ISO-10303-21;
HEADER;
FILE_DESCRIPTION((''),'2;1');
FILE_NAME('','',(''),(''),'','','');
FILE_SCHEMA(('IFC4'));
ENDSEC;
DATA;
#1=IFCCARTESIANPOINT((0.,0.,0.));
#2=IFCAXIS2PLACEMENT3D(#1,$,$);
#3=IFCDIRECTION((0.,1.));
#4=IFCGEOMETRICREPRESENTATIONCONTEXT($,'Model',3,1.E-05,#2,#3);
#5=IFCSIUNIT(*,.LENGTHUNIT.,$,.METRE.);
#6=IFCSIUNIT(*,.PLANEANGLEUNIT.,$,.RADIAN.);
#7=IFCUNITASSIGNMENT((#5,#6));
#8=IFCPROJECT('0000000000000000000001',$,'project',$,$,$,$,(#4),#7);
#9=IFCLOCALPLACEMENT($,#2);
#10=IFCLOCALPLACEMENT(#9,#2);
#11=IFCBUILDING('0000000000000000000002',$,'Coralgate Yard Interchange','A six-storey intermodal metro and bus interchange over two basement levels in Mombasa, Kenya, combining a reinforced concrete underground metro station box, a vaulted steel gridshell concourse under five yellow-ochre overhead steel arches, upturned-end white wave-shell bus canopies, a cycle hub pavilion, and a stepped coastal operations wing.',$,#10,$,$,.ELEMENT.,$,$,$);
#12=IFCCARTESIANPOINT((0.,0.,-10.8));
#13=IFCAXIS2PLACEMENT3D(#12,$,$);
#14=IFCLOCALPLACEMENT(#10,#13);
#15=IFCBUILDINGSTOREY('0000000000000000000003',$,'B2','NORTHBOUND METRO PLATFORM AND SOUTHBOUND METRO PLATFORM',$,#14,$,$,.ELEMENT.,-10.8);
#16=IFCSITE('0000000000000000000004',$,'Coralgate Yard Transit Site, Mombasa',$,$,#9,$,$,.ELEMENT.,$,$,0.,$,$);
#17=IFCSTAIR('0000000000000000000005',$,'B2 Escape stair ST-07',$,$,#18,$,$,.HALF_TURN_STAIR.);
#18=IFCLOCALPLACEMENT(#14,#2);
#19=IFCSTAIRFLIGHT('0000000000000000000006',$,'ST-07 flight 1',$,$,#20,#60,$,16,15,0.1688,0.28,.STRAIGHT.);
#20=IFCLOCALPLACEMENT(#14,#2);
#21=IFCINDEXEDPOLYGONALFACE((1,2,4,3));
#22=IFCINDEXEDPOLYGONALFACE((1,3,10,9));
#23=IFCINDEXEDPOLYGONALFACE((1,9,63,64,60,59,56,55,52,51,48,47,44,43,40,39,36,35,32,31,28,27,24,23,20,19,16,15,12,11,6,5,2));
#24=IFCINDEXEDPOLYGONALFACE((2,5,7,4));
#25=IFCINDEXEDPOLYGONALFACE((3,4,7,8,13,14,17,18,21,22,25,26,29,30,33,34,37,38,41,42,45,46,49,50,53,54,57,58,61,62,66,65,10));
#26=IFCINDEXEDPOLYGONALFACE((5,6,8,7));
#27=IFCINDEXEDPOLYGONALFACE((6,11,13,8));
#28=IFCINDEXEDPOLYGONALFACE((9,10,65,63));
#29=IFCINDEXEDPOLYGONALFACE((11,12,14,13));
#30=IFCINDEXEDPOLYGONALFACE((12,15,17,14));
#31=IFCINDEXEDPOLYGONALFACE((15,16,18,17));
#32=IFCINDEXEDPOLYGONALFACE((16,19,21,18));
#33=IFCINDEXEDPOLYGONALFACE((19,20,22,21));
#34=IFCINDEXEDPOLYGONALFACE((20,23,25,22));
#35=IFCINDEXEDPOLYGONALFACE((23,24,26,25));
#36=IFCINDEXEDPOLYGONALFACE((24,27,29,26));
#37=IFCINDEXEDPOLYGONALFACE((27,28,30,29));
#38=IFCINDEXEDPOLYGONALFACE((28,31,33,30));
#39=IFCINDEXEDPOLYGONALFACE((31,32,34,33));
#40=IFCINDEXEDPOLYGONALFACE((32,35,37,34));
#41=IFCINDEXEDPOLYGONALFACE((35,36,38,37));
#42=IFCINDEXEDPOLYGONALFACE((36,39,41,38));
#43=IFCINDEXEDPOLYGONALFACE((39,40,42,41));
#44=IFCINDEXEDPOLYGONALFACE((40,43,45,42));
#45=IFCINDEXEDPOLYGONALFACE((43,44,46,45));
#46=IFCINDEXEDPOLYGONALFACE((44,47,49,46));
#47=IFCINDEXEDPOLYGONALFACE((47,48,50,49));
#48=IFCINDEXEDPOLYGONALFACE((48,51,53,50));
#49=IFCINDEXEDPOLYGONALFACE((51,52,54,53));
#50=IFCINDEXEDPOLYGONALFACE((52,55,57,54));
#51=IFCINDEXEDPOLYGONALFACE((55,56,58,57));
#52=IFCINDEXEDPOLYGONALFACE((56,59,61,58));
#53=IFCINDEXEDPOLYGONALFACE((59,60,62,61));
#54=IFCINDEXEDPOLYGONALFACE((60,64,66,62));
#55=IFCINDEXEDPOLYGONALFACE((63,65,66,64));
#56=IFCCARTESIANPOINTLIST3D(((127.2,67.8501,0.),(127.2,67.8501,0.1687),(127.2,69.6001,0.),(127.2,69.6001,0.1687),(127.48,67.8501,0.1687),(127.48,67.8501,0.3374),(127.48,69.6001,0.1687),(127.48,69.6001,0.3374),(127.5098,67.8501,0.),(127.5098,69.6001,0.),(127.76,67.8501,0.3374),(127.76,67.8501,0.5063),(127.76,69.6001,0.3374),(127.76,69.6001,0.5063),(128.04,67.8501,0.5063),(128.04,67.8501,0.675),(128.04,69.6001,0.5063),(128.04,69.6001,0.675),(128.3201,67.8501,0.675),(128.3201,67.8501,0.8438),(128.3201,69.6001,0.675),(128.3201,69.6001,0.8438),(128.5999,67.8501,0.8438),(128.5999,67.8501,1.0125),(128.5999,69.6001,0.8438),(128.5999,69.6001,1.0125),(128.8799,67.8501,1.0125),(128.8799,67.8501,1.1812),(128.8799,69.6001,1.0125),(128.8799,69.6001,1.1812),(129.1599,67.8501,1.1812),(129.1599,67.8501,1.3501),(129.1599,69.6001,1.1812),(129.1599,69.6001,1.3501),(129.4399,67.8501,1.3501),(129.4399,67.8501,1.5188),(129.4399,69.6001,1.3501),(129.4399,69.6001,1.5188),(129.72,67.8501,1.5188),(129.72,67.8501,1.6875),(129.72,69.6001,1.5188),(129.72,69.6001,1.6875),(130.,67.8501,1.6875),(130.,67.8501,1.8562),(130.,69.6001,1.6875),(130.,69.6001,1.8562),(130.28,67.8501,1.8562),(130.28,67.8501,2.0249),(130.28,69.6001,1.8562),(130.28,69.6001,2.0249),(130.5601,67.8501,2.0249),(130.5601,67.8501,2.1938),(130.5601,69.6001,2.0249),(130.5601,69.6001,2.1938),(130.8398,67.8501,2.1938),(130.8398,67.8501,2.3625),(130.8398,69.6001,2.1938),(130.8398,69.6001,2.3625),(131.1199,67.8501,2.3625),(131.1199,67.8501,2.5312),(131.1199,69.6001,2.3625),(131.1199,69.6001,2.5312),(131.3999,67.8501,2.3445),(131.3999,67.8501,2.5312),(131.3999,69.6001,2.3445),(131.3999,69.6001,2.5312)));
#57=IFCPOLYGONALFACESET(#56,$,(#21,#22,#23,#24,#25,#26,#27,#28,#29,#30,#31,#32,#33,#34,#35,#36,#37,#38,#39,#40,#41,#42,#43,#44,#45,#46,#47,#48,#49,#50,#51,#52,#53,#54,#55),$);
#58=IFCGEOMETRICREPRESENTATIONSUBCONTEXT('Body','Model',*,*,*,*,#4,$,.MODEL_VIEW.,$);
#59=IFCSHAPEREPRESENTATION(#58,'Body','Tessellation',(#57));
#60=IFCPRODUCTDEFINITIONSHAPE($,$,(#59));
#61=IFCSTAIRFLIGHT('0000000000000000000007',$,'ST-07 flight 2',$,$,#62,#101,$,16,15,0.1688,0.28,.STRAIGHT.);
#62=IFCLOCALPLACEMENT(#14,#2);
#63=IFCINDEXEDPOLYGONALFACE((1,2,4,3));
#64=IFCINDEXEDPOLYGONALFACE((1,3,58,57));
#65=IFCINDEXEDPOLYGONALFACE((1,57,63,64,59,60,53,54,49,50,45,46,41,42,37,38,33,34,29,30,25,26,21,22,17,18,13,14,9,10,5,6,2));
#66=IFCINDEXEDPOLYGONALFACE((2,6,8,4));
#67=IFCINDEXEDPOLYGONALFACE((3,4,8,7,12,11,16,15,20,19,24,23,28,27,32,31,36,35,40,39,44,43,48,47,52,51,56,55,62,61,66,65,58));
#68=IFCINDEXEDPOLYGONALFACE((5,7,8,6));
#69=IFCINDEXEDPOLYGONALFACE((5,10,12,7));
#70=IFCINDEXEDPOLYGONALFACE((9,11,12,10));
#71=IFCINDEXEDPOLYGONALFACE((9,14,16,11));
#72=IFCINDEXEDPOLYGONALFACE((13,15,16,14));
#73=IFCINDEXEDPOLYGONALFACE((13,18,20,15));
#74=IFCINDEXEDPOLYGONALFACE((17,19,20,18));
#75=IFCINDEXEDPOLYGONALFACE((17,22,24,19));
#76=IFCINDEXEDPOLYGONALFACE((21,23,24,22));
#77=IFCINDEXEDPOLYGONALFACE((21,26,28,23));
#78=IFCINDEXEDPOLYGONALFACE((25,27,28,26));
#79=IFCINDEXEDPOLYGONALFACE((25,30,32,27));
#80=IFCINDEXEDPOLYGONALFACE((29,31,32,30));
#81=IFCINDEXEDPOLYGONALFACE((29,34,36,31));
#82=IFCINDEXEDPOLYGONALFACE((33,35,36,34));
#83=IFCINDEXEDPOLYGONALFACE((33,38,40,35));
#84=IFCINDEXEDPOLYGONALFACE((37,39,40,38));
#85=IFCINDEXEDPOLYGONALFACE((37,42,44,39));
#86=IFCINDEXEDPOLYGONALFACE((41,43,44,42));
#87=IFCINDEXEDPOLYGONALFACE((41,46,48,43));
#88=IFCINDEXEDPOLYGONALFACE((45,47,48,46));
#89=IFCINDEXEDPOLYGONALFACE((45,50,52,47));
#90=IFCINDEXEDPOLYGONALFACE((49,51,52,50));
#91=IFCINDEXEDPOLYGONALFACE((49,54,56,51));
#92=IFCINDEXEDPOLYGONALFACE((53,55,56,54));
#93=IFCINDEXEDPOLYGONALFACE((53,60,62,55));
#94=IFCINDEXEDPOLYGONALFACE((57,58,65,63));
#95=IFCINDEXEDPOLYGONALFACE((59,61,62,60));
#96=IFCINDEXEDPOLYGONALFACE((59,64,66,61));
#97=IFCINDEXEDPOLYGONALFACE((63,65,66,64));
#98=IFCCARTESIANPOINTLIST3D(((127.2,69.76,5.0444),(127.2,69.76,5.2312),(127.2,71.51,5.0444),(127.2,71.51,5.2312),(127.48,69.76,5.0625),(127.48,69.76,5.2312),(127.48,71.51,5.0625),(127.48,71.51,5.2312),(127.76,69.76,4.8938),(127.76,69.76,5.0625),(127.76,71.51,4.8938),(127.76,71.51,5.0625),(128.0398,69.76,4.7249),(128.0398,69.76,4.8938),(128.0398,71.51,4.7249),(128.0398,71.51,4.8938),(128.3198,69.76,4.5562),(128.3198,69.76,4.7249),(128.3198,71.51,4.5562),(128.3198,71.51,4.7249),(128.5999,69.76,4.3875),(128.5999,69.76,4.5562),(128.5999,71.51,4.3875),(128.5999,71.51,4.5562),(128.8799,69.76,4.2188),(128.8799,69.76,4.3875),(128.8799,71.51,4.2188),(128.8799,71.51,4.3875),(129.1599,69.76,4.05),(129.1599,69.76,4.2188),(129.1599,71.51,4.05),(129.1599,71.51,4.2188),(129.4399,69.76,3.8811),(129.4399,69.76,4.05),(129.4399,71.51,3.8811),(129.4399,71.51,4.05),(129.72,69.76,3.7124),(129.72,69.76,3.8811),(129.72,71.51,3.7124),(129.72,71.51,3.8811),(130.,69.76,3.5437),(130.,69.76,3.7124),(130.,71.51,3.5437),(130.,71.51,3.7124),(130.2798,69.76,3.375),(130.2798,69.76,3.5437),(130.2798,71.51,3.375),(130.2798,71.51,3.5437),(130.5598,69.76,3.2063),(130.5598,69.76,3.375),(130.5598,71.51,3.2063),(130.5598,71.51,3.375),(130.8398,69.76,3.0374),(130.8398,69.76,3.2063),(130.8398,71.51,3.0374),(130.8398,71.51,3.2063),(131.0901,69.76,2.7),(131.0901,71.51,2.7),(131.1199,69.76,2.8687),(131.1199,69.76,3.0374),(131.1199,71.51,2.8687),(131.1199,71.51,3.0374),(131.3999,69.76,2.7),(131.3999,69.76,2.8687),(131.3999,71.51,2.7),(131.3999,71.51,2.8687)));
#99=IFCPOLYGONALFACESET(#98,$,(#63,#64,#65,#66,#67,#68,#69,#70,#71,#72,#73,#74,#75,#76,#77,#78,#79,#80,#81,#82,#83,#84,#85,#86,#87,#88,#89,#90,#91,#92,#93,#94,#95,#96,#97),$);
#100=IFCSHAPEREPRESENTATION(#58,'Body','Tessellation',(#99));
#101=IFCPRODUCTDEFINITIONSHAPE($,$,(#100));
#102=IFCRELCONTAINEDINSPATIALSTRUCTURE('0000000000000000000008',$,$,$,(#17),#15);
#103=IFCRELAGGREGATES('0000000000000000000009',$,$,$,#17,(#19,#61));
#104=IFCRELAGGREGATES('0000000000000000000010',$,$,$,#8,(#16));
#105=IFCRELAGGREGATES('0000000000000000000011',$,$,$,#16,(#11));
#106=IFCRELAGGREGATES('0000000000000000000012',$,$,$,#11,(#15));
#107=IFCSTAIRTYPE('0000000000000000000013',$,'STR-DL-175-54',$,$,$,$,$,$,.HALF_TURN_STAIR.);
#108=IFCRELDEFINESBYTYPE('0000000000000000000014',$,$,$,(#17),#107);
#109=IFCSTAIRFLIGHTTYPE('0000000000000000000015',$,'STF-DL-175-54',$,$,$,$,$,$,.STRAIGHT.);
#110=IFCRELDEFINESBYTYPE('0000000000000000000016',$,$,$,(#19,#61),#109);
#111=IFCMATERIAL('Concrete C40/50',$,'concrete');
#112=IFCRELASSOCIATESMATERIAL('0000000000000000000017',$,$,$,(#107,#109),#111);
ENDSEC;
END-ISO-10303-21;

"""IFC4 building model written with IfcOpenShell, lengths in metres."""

from ifc_helpers import new_model, si_unit, direction, frame, origin, place, context, subcontext, project, spatial, polyline, outline, extrude, material, type_object, element, aggregate, save


model = new_model("IFC4")

# Units and contexts
model_context = context("Model", 3, precision=1e-05, world=origin(), true_north=direction((0.0, 1.0)))
body_context = subcontext(model_context, "Body", "Model", "MODEL_VIEW")
ifc_project = project(units=[si_unit("LENGTHUNIT", "METRE"), si_unit("PLANEANGLEUNIT", "RADIAN")], contexts=[model_context])

# Site, building, storey
site_placement = place(None, origin())
site = spatial("IfcSite", under=ifc_project, at=site_placement, Name="Coralgate Yard Transit Site, Mombasa", CompositionType="ELEMENT", RefElevation=0.0)
building_placement = place(site_placement, origin())
building = spatial("IfcBuilding", under=site, at=building_placement, Name="Coralgate Yard Interchange", Description="A six-storey intermodal metro and bus interchange over two basement levels in Mombasa, Kenya, combining a reinforced concrete underground metro station box, a vaulted steel gridshell concourse under five yellow-ochre overhead steel arches, upturned-end white wave-shell bus canopies, a cycle hub pavilion, and a stepped coastal operations wing.", CompositionType="ELEMENT")
storey_placement = place(building_placement, frame((0.0, 0.0, -10.8)))
storey = spatial("IfcBuildingStorey", under=building, at=storey_placement, Name="B2", Description="NORTHBOUND METRO PLATFORM AND SOUTHBOUND METRO PLATFORM", CompositionType="ELEMENT", Elevation=-10.8)

# Shared definitions
ifc_material_1 = material(Name="Concrete C40/50", Category="concrete")

# Stair, stair flights
stair_type = type_object("IfcStairType", Name="STR-DL-175-54", PredefinedType="HALF_TURN_STAIR", material=ifc_material_1)
stair_placement = place(storey_placement, origin())
stair = element("IfcStair", 1, at=stair_placement, inside=storey, type_object=stair_type, Name="B2 Escape stair ST-07", PredefinedType="HALF_TURN_STAIR")
stair_flight_type = type_object("IfcStairFlightType", Name="STF-DL-175-54", PredefinedType="STRAIGHT", material=ifc_material_1)
stair_flight_1_placement = place(storey_placement, frame((127.2, 68.7251, 0.0), z_axis=(0.0, 0.0, 1.0), x_axis=(1.0, 0.0, 0.0)))
stair_flight_1 = element("IfcStairFlight", 2, at=stair_flight_1_placement, type_object=stair_flight_type, Name="ST-07 flight 1", NumberOfRisers=16, NumberOfTreads=15, PredefinedType="STRAIGHT", RiserHeight=0.1688, TreadLength=0.28, context=body_context, shape_type="SweptSolid", body=[
    extrude(outline(polyline([(0.0, 0.0), (0.0, 0.1687), (0.28, 0.1687), (0.28, 0.3374), (0.5601, 0.3374), (0.5601, 0.5063), (0.8401, 0.5063), (0.8401, 0.675), (1.1201, 0.675), (1.1201, 0.8438), (1.3999, 0.8438), (1.3999, 1.0125), (1.6799, 1.0125), (1.6799, 1.1812), (1.96, 1.1812), (1.96, 1.3501), (2.24, 1.3501), (2.24, 1.5188), (2.52, 1.5188), (2.52, 1.6875), (2.8, 1.6875), (2.8, 1.8562), (3.0801, 1.8562), (3.0801, 2.0249), (3.3601, 2.0249), (3.3601, 2.1938), (3.6399, 2.1938), (3.6399, 2.3625), (3.9199, 2.3625), (3.9199, 2.5312), (4.2, 2.5312), (4.2, 2.7), (4.2, 2.3445), (0.3098, 0.0), (0.0, 0.0)])), frame((0.0, 0.875, 0.0), z_axis=(0.0, -1.0, 0.0), x_axis=(1.0, 0.0, 0.0)), (0.0, 0.0, 1.0), 1.75),
])
stair_flight_2_placement = place(storey_placement, frame((131.3999, 70.635, 2.7), z_axis=(0.0, 0.0, 1.0), x_axis=(-1.0, 0.0, 0.0)))
stair_flight_2 = element("IfcStairFlight", 3, at=stair_flight_2_placement, type_object=stair_flight_type, Name="ST-07 flight 2", NumberOfRisers=16, NumberOfTreads=15, PredefinedType="STRAIGHT", RiserHeight=0.1688, TreadLength=0.28, context=body_context, shape_type="SweptSolid", body=[
    extrude(outline(polyline([(0.0, 0.0), (0.0, 0.1687), (0.28, 0.1687), (0.28, 0.3374), (0.5601, 0.3374), (0.5601, 0.5063), (0.8401, 0.5063), (0.8401, 0.675), (1.1201, 0.675), (1.1201, 0.8438), (1.3999, 0.8438), (1.3999, 1.0125), (1.6799, 1.0125), (1.6799, 1.1812), (1.96, 1.1812), (1.96, 1.3501), (2.24, 1.3501), (2.24, 1.5188), (2.52, 1.5188), (2.52, 1.6875), (2.8, 1.6875), (2.8, 1.8562), (3.0801, 1.8562), (3.0801, 2.0249), (3.3601, 2.0249), (3.3601, 2.1938), (3.6399, 2.1938), (3.6399, 2.3625), (3.9199, 2.3625), (3.9199, 2.5312), (4.2, 2.5312), (4.2, 2.7), (4.2, 2.3445), (0.3098, 0.0), (0.0, 0.0)])), frame((0.0, 0.875, 0.0), z_axis=(0.0, -1.0, 0.0), x_axis=(1.0, 0.0, 0.0)), (0.0, 0.0, 1.0), 1.75),
])
aggregate(stair, [stair_flight_1, stair_flight_2])

save(model, "model.ifc")
